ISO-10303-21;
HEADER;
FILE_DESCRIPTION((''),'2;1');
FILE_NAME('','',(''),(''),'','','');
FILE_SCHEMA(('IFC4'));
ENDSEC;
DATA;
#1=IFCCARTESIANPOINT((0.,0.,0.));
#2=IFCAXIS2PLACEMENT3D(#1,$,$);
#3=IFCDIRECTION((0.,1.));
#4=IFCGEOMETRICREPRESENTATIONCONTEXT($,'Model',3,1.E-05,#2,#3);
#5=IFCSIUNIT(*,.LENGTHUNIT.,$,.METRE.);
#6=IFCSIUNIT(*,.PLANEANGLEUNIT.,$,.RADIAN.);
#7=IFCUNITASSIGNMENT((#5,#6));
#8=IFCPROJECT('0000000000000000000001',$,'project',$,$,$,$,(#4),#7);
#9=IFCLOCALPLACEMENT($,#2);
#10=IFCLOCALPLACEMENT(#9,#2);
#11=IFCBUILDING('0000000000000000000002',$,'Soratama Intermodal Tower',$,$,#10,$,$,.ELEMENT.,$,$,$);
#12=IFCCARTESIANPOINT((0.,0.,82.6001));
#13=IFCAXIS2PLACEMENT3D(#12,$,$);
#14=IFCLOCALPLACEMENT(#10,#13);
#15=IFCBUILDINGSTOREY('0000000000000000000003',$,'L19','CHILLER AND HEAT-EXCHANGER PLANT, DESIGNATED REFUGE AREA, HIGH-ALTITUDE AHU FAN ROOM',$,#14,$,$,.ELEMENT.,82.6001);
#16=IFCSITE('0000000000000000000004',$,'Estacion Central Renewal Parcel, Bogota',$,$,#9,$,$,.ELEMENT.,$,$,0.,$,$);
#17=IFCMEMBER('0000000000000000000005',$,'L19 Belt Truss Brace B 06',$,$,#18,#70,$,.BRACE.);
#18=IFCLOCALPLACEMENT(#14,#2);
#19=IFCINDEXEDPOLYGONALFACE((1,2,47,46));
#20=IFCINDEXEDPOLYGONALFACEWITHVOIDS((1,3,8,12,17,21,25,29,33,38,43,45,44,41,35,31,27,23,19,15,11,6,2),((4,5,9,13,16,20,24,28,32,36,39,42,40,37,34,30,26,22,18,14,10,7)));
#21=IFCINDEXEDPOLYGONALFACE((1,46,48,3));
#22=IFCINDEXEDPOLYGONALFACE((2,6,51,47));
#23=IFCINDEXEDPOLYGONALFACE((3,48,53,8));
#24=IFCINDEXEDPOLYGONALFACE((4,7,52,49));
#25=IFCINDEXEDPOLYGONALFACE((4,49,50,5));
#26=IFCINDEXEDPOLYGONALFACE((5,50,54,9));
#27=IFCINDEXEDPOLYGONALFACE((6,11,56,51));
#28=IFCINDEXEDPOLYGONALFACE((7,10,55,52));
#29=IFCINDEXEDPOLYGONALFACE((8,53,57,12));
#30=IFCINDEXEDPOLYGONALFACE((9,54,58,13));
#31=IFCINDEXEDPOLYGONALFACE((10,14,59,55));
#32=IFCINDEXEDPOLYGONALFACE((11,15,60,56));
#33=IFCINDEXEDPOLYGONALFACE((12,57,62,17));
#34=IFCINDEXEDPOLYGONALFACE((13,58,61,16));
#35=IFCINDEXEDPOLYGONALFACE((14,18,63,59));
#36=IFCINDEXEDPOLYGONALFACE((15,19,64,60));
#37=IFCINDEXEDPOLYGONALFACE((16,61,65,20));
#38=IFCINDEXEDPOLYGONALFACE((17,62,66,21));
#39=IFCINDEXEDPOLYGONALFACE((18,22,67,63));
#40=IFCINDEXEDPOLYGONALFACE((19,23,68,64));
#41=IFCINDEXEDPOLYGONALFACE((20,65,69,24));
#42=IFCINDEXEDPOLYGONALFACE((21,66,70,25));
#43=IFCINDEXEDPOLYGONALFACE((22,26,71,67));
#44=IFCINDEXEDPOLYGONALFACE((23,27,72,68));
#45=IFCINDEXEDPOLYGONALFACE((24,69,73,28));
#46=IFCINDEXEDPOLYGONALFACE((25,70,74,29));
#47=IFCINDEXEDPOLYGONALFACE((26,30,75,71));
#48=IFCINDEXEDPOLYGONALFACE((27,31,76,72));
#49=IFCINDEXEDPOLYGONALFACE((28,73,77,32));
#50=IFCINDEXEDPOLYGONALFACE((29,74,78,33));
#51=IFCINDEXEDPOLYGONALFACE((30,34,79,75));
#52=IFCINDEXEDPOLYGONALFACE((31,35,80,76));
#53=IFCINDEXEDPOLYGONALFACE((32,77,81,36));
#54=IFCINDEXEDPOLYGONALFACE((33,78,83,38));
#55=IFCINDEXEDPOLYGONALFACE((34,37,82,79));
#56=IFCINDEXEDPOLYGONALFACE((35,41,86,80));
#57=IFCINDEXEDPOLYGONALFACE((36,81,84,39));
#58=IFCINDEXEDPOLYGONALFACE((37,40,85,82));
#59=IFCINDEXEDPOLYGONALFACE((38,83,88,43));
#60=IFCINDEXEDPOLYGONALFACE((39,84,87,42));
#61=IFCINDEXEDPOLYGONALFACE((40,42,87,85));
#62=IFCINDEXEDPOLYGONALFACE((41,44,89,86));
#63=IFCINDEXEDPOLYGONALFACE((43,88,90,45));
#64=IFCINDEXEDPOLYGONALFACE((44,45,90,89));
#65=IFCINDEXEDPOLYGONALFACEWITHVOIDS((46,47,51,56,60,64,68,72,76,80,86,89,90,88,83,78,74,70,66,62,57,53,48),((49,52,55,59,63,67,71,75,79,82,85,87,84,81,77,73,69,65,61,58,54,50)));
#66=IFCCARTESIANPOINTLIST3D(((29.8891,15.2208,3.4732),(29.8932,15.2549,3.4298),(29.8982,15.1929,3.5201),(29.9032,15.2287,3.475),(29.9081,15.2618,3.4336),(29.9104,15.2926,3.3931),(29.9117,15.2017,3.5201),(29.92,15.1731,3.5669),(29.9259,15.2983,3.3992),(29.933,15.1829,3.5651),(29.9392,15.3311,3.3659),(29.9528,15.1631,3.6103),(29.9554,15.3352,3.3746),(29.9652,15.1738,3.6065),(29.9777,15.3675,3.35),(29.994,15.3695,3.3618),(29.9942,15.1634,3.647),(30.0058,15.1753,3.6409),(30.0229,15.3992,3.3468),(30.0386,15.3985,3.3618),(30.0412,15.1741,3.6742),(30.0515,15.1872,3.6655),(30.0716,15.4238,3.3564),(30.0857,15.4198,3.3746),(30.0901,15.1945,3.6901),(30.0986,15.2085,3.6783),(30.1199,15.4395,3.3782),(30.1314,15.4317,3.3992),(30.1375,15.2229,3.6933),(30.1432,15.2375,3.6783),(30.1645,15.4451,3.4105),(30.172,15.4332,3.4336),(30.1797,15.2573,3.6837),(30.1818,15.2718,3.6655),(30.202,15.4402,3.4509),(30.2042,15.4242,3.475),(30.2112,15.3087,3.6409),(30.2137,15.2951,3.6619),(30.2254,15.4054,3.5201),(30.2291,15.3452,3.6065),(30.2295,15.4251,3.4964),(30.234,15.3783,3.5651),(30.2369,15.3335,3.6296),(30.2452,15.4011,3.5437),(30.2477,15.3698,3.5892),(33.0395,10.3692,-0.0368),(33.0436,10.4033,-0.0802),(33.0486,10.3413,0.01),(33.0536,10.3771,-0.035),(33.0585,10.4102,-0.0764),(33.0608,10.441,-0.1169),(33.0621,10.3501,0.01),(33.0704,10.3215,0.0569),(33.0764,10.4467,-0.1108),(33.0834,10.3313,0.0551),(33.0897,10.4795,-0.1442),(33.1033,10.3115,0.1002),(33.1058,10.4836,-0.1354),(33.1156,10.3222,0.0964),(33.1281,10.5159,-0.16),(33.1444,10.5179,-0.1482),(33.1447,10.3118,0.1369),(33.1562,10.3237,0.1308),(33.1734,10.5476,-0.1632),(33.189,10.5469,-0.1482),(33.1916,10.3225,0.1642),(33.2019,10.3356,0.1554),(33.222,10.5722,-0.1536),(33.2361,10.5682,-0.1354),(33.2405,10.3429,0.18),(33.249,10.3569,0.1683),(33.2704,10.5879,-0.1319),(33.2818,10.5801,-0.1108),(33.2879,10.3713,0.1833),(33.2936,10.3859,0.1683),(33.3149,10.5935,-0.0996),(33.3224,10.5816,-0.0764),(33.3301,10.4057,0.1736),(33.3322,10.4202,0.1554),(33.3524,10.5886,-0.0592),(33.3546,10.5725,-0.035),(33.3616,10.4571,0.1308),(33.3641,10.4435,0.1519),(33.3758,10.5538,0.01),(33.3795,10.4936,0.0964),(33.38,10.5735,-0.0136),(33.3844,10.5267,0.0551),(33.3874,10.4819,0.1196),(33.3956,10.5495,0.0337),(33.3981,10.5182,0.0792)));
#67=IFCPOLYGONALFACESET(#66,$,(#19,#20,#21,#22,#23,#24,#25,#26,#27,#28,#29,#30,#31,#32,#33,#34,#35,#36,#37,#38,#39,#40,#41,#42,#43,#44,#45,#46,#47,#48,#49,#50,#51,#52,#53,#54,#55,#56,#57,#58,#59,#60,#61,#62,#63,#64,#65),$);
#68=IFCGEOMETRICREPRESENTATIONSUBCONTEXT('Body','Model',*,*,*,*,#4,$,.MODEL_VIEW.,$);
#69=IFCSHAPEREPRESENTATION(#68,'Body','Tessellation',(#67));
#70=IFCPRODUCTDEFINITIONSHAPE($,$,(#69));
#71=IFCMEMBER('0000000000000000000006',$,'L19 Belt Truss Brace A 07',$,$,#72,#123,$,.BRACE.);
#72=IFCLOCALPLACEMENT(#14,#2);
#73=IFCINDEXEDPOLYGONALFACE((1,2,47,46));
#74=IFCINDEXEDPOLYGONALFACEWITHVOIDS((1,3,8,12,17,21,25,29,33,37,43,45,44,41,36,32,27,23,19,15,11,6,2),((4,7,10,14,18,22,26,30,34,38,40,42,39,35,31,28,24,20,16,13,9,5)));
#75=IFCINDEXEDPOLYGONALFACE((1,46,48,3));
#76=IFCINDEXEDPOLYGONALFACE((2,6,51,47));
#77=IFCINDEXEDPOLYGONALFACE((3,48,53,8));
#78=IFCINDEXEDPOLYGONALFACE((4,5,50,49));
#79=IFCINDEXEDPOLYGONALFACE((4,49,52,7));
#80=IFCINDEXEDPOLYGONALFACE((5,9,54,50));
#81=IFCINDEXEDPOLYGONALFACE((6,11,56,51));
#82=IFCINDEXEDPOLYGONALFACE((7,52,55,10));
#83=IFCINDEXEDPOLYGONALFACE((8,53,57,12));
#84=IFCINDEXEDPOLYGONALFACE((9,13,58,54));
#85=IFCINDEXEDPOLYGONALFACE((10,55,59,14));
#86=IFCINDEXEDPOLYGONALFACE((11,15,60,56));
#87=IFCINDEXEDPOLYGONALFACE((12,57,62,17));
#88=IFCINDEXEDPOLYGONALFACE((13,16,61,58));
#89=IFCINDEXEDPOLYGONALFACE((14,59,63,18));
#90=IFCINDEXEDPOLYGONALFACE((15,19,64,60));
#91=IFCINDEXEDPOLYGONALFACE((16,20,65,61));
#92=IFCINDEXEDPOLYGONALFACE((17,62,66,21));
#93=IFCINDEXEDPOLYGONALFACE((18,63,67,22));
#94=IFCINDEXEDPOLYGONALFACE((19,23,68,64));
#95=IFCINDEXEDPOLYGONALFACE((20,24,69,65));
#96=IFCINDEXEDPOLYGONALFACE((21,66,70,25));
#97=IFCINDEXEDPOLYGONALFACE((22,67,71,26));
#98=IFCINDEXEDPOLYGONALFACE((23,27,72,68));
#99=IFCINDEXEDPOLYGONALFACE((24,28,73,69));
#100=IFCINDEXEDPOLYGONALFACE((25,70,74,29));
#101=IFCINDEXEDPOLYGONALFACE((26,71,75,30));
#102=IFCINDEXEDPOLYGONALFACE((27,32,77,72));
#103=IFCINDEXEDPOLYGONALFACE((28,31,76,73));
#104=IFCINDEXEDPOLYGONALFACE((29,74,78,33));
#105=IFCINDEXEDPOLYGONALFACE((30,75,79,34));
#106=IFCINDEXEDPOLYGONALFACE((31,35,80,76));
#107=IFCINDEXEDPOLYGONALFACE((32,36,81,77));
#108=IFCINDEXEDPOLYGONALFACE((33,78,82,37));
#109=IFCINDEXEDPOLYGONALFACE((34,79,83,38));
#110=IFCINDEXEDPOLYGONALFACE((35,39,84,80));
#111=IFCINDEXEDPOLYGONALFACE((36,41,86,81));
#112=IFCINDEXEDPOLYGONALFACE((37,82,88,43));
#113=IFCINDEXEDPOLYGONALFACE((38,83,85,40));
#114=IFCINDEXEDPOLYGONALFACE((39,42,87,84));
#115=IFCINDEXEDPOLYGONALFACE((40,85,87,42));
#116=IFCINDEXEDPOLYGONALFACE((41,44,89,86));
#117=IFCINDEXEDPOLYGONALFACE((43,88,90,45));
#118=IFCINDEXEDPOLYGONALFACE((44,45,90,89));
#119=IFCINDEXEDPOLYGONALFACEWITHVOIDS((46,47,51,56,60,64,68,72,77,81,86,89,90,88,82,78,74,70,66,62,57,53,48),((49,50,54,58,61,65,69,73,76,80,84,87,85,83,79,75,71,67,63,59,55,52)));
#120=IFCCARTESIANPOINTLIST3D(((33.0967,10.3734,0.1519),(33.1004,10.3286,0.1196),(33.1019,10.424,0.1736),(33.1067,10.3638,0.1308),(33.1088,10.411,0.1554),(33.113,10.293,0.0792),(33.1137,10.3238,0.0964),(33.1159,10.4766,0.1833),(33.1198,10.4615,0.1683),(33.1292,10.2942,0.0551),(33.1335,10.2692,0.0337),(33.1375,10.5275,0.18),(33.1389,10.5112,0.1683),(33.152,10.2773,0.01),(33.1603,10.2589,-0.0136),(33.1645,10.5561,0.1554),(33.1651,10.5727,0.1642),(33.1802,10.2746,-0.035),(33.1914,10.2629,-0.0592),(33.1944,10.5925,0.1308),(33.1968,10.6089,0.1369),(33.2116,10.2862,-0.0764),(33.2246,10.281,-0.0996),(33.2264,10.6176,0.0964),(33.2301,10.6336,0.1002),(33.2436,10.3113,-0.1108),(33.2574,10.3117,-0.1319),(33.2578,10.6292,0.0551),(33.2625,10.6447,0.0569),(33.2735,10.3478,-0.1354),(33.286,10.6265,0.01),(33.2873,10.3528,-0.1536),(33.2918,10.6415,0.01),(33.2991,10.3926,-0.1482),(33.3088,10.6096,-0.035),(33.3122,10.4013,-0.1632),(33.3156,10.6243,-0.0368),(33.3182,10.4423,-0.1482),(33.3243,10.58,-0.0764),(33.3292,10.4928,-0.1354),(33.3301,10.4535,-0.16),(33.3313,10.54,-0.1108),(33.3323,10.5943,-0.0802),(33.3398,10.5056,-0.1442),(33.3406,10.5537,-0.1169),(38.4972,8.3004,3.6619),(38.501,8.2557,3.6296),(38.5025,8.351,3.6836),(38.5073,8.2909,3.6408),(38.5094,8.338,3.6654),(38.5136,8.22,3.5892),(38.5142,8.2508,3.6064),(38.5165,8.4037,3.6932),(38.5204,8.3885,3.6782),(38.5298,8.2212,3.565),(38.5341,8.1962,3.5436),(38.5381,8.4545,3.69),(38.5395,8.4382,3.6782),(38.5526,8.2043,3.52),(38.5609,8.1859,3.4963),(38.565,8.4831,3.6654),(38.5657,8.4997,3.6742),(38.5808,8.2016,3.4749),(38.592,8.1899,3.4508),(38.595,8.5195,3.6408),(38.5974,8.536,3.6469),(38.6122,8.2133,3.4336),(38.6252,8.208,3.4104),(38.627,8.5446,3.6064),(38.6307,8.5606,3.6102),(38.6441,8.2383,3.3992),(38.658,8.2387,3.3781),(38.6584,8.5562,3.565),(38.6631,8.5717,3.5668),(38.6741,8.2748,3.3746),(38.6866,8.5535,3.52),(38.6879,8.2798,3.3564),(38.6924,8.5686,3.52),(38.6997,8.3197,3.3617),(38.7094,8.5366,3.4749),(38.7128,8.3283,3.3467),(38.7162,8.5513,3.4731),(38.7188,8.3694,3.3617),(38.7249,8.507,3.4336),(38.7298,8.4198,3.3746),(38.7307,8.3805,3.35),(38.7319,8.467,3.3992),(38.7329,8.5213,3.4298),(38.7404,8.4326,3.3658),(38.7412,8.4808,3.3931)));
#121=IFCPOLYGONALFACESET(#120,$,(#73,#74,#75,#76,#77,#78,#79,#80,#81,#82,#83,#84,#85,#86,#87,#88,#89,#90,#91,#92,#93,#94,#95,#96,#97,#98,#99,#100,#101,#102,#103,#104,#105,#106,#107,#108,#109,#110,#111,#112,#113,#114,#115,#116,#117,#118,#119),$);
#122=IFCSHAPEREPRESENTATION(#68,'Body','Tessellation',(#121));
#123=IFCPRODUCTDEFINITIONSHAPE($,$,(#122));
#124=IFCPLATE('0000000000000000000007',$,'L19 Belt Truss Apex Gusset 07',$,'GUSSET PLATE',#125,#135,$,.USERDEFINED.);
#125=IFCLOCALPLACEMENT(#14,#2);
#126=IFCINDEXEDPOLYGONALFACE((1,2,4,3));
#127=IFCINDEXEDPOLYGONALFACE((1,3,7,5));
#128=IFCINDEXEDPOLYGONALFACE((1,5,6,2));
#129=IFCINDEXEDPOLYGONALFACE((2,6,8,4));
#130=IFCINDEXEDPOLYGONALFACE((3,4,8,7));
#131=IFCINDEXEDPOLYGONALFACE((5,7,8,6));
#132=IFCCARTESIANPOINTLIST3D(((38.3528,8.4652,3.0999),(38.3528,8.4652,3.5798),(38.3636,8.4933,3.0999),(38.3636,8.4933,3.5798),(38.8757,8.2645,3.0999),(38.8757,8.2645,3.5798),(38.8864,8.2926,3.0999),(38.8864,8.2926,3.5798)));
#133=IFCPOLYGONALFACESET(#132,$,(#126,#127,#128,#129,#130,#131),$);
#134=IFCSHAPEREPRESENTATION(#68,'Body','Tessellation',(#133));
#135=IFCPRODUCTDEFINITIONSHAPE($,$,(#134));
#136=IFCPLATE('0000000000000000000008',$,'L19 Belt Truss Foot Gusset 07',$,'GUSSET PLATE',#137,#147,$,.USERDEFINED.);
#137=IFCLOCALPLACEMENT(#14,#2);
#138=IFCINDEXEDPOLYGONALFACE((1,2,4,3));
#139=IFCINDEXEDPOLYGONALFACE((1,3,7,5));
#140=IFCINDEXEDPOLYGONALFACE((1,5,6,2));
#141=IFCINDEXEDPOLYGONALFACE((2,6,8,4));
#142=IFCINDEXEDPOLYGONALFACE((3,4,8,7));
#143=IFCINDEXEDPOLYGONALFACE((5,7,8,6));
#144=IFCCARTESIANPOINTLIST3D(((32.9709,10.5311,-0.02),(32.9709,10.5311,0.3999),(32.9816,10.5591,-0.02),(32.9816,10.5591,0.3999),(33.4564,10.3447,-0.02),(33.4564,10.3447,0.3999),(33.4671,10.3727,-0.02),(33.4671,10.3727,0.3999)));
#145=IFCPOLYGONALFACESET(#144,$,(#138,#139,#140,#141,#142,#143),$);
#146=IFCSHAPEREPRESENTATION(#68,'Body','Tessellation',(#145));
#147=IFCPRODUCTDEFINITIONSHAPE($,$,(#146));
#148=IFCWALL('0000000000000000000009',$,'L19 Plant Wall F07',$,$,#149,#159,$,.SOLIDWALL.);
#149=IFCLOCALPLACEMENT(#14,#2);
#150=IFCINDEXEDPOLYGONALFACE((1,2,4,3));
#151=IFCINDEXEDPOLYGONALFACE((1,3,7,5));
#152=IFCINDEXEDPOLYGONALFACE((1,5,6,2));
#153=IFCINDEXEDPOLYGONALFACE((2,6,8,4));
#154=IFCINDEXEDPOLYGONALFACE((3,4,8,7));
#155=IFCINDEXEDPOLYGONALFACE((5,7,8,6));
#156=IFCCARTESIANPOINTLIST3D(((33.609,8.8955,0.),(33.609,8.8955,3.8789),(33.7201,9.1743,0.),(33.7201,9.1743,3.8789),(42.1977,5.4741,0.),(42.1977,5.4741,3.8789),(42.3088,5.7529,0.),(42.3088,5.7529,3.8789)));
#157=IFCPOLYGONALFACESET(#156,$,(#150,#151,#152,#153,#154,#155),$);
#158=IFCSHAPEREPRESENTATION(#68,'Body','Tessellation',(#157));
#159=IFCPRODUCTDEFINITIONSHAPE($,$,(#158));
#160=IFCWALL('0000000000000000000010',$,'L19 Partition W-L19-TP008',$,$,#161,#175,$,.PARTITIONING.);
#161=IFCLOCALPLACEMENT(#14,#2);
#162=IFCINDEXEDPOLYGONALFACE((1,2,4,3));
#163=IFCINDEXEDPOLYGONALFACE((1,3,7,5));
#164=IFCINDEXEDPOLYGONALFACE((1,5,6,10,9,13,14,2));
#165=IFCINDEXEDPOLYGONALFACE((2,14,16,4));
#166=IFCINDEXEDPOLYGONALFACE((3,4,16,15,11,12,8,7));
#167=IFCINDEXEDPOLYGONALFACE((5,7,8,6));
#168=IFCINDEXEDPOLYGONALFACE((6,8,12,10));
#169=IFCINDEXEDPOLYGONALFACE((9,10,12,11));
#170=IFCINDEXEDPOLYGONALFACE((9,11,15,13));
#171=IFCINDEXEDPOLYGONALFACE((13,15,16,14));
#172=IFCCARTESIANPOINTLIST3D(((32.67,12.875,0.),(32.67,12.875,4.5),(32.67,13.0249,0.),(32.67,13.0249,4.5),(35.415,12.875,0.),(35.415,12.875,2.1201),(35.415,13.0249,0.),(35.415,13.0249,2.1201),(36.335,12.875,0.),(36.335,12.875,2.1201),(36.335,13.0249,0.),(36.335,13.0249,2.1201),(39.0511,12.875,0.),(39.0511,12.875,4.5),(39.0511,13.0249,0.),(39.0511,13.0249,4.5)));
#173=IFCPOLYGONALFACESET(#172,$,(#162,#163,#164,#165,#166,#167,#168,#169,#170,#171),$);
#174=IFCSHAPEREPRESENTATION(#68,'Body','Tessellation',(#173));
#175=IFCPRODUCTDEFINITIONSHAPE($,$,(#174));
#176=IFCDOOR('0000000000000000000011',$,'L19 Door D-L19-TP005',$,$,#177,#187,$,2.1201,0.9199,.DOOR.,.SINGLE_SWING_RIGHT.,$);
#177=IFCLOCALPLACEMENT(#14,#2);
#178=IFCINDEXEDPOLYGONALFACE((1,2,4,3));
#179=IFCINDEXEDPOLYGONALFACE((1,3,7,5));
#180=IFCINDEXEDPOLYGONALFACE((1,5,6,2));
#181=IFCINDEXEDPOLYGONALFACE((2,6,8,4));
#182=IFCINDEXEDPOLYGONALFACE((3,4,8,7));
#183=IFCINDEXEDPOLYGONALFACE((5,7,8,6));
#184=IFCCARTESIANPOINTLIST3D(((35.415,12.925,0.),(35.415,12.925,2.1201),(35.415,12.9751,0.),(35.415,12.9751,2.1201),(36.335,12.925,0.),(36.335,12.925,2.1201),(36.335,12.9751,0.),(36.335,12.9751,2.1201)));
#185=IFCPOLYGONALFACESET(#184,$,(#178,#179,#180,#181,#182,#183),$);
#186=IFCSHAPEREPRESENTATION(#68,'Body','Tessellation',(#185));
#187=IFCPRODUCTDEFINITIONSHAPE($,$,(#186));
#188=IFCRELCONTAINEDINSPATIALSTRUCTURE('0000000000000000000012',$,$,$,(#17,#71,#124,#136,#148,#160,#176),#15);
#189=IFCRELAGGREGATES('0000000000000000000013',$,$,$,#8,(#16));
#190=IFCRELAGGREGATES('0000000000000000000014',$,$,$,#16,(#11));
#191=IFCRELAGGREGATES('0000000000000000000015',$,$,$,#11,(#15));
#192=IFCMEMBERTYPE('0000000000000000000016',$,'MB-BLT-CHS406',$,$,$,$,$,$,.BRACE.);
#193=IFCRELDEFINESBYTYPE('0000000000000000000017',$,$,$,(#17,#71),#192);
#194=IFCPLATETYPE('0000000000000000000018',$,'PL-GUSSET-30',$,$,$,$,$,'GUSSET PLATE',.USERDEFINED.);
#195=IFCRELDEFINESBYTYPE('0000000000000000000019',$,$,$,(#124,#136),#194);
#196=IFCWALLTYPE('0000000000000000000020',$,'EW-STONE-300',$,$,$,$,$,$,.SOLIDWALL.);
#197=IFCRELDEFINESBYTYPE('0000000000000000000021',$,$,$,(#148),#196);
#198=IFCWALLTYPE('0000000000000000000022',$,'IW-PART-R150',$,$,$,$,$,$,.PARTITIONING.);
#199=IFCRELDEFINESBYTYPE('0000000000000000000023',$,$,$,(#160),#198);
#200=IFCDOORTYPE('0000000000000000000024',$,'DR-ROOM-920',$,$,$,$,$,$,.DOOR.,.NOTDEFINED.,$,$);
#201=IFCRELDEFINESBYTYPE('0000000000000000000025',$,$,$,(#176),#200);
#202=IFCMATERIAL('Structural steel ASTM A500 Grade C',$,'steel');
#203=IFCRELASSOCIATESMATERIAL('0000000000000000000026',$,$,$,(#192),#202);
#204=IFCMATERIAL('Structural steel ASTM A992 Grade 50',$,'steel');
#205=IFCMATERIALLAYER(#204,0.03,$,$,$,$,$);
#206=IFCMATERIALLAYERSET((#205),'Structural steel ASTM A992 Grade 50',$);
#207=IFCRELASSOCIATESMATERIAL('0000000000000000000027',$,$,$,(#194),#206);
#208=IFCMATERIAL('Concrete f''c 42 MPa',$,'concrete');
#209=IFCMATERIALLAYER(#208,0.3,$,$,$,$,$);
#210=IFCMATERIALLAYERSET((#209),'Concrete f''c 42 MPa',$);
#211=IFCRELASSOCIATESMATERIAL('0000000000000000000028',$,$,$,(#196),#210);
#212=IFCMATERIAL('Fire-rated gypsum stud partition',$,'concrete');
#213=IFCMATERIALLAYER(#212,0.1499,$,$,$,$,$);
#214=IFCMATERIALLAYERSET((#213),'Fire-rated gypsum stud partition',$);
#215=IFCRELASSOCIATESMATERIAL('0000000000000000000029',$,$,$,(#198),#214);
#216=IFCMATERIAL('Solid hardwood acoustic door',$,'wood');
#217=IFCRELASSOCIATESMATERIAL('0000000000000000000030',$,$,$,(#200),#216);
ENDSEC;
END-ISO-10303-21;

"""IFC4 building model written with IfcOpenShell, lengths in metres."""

from ifc_helpers import new_model, si_unit, direction, frame, frame_2d, origin, origin_2d, place, context, subcontext, project, spatial, rectangle, hollow_circle, extrude, material, layer, layer_set, material_profile, profile_set, type_object, element, fill, save


model = new_model("IFC4")

# Units and contexts
model_context = context("Model", 3, precision=1e-05, world=origin(), true_north=direction((0.0, 1.0)))
body_context = subcontext(model_context, "Body", "Model", "MODEL_VIEW")
ifc_project = project(units=[si_unit("LENGTHUNIT", "METRE"), si_unit("PLANEANGLEUNIT", "RADIAN")], contexts=[model_context])

# Site, building, storey
site_placement = place(None, origin())
site = spatial("IfcSite", under=ifc_project, at=site_placement, Name="Estacion Central Renewal Parcel, Bogota", CompositionType="ELEMENT", RefElevation=0.0)
building_placement = place(site_placement, origin())
building = spatial("IfcBuilding", under=site, at=building_placement, Name="Soratama Intermodal Tower", CompositionType="ELEMENT")
storey_placement = place(building_placement, frame((0.0, 0.0, 82.6001)))
storey = spatial("IfcBuildingStorey", under=building, at=storey_placement, Name="L19", Description="CHILLER AND HEAT-EXCHANGER PLANT, DESIGNATED REFUGE AREA, HIGH-ALTITUDE AHU FAN ROOM", CompositionType="ELEMENT", Elevation=82.6001)

# Members
ifc_material_1 = material(Name="Structural steel ASTM A500 Grade C", Category="steel")
ifc_material_profile_1 = material_profile(ifc_material_1, hollow_circle(Radius=0.2031, WallThickness=0.0161, at=origin_2d()), Name="CHS406X16")
ifc_profile_set_1 = profile_set([ifc_material_profile_1], Name="Structural steel ASTM A500 Grade C")
member_type = type_object("IfcMemberType", Name="MB-BLT-CHS406", PredefinedType="BRACE", material=ifc_profile_set_1)
for number, where, z_axis, x_axis, name in (
    (1, (33.219, 10.4519, 0.01), (-0.4656, 0.717019, 0.518749), (-0.83869, -0.544609, 0.0), "L19 Belt Truss Brace B 06"),
    (2, (33.219, 10.4519, 0.01), (0.798153, -0.306366, 0.51874), (0.358351, 0.933587, 0.0), "L19 Belt Truss Brace A 07"),
):
    element("IfcMember", number, at=place(storey_placement, frame(where, z_axis=z_axis, x_axis=x_axis)), inside=storey, type_object=member_type, Name=name, PredefinedType="BRACE", context=body_context, shape_type="SweptSolid", body=[
        extrude(hollow_circle(Radius=0.2031, WallThickness=0.0161, at=origin_2d()), origin(), (0.0, 0.0, 1.0), 6.7664),
    ])

# Plates
ifc_material_2 = material(Name="Structural steel ASTM A992 Grade 50", Category="steel")
ifc_layer_1 = layer(ifc_material_2, 0.03)
ifc_layer_set_1 = layer_set([ifc_layer_1], Name="Structural steel ASTM A992 Grade 50")
plate_type = type_object("IfcPlateType", Name="PL-GUSSET-30", ElementType="GUSSET PLATE", PredefinedType="USERDEFINED", material=ifc_layer_set_1)
plate_1_placement = place(storey_placement, frame((38.6196, 8.3789, 3.0999), z_axis=(0.0, 0.0, 1.0), x_axis=(0.93358, -0.358368, 0.0)))
element("IfcPlate", 3, at=plate_1_placement, inside=storey, type_object=plate_type, Name="L19 Belt Truss Apex Gusset 07", ObjectType="GUSSET PLATE", PredefinedType="USERDEFINED", context=body_context, shape_type="SweptSolid", body=[
    extrude(rectangle(XDim=0.5601, YDim=0.03, at=origin_2d()), origin(), (0.0, 0.0, 1.0), 0.48),
])
plate_2_placement = place(storey_placement, frame((33.219, 10.4519, -0.02), z_axis=(0.0, 0.0, 1.0), x_axis=(0.93358, -0.358368, 0.0)))
element("IfcPlate", 4, at=plate_2_placement, inside=storey, type_object=plate_type, Name="L19 Belt Truss Foot Gusset 07", ObjectType="GUSSET PLATE", PredefinedType="USERDEFINED", context=body_context, shape_type="SweptSolid", body=[
    extrude(rectangle(XDim=0.52, YDim=0.03, at=origin_2d()), origin(), (0.0, 0.0, 1.0), 0.4199),
])

# Wall
ifc_material_3 = material(Name="Concrete f'c 42 MPa", Category="concrete")
ifc_layer_2 = layer(ifc_material_3, 0.3)
ifc_layer_set_2 = layer_set([ifc_layer_2], Name="Concrete f'c 42 MPa")
wall_type_1 = type_object("IfcWallType", Name="EW-STONE-300", PredefinedType="SOLIDWALL", material=ifc_layer_set_2)
wall_1_placement = place(storey_placement, frame((33.6646, 9.0349, 0.0), z_axis=(0.0, 0.0, 1.0), x_axis=(0.929, -0.370079, 0.0)))
element("IfcWall", 5, at=wall_1_placement, inside=storey, type_object=wall_type_1, Name="L19 Plant Wall F07", PredefinedType="SOLIDWALL", context=body_context, shape_type="SweptSolid", body=[
    extrude(rectangle(XDim=9.2451, YDim=0.3, at=frame_2d((4.6226, 0.0))), origin(), (0.0, 0.0, 1.0), 3.8789),
])

# Wall, opening, door
ifc_material_4 = material(Name="Fire-rated gypsum stud partition", Category="concrete")
ifc_layer_3 = layer(ifc_material_4, 0.1499)
ifc_layer_set_3 = layer_set([ifc_layer_3], Name="Fire-rated gypsum stud partition")
wall_type_2 = type_object("IfcWallType", Name="IW-PART-R150", PredefinedType="PARTITIONING", material=ifc_layer_set_3)
wall_2_placement = place(storey_placement, frame((39.051, 12.95, 0.0), z_axis=(0.0, 0.0, 1.0), x_axis=(-1.0, 0.0, 0.0)))
wall_2 = element("IfcWall", 6, at=wall_2_placement, inside=storey, type_object=wall_type_2, Name="L19 Partition W-L19-TP008", PredefinedType="PARTITIONING", context=body_context, shape_type="SweptSolid", body=[
    extrude(rectangle(XDim=6.3811, YDim=0.1499, at=frame_2d((3.1904, 0.0))), origin(), (0.0, 0.0, 1.0), 4.5),
])
opening_placement = place(wall_2_placement, frame((2.7161, 0.0, 0.0)))
opening = element("IfcOpeningElement", 7, at=opening_placement, cuts=wall_2, PredefinedType="OPENING", context=body_context, shape_type="SweptSolid", body=[
    extrude(rectangle(XDim=0.9199, YDim=2.1201, at=frame_2d((0.46, 1.0601))), frame((0.0, 0.085, 0.0), z_axis=(0.0, -1.0, 0.0), x_axis=(1.0, 0.0, 0.0)), (0.0, 0.0, 1.0), 0.1699),
])
ifc_material_5 = material(Name="Solid hardwood acoustic door", Category="wood")
door_type = type_object("IfcDoorType", Name="DR-ROOM-920", OperationType="NOTDEFINED", PredefinedType="DOOR", material=ifc_material_5)
door_placement = place(opening_placement, origin())
door = element("IfcDoor", 8, at=door_placement, inside=storey, type_object=door_type, Name="L19 Door D-L19-TP005", OperationType="SINGLE_SWING_RIGHT", OverallHeight=2.1201, OverallWidth=0.9199, PredefinedType="DOOR", context=body_context, shape_type="SweptSolid", body=[
    extrude(rectangle(XDim=0.9199, YDim=2.1201, at=frame_2d((0.46, 1.0601))), frame((0.0, 0.0249, 0.0), z_axis=(0.0, -1.0, 0.0), x_axis=(1.0, 0.0, 0.0)), (0.0, 0.0, 1.0), 0.05),
])
fill(opening, door)

save(model, "model.ifc")
